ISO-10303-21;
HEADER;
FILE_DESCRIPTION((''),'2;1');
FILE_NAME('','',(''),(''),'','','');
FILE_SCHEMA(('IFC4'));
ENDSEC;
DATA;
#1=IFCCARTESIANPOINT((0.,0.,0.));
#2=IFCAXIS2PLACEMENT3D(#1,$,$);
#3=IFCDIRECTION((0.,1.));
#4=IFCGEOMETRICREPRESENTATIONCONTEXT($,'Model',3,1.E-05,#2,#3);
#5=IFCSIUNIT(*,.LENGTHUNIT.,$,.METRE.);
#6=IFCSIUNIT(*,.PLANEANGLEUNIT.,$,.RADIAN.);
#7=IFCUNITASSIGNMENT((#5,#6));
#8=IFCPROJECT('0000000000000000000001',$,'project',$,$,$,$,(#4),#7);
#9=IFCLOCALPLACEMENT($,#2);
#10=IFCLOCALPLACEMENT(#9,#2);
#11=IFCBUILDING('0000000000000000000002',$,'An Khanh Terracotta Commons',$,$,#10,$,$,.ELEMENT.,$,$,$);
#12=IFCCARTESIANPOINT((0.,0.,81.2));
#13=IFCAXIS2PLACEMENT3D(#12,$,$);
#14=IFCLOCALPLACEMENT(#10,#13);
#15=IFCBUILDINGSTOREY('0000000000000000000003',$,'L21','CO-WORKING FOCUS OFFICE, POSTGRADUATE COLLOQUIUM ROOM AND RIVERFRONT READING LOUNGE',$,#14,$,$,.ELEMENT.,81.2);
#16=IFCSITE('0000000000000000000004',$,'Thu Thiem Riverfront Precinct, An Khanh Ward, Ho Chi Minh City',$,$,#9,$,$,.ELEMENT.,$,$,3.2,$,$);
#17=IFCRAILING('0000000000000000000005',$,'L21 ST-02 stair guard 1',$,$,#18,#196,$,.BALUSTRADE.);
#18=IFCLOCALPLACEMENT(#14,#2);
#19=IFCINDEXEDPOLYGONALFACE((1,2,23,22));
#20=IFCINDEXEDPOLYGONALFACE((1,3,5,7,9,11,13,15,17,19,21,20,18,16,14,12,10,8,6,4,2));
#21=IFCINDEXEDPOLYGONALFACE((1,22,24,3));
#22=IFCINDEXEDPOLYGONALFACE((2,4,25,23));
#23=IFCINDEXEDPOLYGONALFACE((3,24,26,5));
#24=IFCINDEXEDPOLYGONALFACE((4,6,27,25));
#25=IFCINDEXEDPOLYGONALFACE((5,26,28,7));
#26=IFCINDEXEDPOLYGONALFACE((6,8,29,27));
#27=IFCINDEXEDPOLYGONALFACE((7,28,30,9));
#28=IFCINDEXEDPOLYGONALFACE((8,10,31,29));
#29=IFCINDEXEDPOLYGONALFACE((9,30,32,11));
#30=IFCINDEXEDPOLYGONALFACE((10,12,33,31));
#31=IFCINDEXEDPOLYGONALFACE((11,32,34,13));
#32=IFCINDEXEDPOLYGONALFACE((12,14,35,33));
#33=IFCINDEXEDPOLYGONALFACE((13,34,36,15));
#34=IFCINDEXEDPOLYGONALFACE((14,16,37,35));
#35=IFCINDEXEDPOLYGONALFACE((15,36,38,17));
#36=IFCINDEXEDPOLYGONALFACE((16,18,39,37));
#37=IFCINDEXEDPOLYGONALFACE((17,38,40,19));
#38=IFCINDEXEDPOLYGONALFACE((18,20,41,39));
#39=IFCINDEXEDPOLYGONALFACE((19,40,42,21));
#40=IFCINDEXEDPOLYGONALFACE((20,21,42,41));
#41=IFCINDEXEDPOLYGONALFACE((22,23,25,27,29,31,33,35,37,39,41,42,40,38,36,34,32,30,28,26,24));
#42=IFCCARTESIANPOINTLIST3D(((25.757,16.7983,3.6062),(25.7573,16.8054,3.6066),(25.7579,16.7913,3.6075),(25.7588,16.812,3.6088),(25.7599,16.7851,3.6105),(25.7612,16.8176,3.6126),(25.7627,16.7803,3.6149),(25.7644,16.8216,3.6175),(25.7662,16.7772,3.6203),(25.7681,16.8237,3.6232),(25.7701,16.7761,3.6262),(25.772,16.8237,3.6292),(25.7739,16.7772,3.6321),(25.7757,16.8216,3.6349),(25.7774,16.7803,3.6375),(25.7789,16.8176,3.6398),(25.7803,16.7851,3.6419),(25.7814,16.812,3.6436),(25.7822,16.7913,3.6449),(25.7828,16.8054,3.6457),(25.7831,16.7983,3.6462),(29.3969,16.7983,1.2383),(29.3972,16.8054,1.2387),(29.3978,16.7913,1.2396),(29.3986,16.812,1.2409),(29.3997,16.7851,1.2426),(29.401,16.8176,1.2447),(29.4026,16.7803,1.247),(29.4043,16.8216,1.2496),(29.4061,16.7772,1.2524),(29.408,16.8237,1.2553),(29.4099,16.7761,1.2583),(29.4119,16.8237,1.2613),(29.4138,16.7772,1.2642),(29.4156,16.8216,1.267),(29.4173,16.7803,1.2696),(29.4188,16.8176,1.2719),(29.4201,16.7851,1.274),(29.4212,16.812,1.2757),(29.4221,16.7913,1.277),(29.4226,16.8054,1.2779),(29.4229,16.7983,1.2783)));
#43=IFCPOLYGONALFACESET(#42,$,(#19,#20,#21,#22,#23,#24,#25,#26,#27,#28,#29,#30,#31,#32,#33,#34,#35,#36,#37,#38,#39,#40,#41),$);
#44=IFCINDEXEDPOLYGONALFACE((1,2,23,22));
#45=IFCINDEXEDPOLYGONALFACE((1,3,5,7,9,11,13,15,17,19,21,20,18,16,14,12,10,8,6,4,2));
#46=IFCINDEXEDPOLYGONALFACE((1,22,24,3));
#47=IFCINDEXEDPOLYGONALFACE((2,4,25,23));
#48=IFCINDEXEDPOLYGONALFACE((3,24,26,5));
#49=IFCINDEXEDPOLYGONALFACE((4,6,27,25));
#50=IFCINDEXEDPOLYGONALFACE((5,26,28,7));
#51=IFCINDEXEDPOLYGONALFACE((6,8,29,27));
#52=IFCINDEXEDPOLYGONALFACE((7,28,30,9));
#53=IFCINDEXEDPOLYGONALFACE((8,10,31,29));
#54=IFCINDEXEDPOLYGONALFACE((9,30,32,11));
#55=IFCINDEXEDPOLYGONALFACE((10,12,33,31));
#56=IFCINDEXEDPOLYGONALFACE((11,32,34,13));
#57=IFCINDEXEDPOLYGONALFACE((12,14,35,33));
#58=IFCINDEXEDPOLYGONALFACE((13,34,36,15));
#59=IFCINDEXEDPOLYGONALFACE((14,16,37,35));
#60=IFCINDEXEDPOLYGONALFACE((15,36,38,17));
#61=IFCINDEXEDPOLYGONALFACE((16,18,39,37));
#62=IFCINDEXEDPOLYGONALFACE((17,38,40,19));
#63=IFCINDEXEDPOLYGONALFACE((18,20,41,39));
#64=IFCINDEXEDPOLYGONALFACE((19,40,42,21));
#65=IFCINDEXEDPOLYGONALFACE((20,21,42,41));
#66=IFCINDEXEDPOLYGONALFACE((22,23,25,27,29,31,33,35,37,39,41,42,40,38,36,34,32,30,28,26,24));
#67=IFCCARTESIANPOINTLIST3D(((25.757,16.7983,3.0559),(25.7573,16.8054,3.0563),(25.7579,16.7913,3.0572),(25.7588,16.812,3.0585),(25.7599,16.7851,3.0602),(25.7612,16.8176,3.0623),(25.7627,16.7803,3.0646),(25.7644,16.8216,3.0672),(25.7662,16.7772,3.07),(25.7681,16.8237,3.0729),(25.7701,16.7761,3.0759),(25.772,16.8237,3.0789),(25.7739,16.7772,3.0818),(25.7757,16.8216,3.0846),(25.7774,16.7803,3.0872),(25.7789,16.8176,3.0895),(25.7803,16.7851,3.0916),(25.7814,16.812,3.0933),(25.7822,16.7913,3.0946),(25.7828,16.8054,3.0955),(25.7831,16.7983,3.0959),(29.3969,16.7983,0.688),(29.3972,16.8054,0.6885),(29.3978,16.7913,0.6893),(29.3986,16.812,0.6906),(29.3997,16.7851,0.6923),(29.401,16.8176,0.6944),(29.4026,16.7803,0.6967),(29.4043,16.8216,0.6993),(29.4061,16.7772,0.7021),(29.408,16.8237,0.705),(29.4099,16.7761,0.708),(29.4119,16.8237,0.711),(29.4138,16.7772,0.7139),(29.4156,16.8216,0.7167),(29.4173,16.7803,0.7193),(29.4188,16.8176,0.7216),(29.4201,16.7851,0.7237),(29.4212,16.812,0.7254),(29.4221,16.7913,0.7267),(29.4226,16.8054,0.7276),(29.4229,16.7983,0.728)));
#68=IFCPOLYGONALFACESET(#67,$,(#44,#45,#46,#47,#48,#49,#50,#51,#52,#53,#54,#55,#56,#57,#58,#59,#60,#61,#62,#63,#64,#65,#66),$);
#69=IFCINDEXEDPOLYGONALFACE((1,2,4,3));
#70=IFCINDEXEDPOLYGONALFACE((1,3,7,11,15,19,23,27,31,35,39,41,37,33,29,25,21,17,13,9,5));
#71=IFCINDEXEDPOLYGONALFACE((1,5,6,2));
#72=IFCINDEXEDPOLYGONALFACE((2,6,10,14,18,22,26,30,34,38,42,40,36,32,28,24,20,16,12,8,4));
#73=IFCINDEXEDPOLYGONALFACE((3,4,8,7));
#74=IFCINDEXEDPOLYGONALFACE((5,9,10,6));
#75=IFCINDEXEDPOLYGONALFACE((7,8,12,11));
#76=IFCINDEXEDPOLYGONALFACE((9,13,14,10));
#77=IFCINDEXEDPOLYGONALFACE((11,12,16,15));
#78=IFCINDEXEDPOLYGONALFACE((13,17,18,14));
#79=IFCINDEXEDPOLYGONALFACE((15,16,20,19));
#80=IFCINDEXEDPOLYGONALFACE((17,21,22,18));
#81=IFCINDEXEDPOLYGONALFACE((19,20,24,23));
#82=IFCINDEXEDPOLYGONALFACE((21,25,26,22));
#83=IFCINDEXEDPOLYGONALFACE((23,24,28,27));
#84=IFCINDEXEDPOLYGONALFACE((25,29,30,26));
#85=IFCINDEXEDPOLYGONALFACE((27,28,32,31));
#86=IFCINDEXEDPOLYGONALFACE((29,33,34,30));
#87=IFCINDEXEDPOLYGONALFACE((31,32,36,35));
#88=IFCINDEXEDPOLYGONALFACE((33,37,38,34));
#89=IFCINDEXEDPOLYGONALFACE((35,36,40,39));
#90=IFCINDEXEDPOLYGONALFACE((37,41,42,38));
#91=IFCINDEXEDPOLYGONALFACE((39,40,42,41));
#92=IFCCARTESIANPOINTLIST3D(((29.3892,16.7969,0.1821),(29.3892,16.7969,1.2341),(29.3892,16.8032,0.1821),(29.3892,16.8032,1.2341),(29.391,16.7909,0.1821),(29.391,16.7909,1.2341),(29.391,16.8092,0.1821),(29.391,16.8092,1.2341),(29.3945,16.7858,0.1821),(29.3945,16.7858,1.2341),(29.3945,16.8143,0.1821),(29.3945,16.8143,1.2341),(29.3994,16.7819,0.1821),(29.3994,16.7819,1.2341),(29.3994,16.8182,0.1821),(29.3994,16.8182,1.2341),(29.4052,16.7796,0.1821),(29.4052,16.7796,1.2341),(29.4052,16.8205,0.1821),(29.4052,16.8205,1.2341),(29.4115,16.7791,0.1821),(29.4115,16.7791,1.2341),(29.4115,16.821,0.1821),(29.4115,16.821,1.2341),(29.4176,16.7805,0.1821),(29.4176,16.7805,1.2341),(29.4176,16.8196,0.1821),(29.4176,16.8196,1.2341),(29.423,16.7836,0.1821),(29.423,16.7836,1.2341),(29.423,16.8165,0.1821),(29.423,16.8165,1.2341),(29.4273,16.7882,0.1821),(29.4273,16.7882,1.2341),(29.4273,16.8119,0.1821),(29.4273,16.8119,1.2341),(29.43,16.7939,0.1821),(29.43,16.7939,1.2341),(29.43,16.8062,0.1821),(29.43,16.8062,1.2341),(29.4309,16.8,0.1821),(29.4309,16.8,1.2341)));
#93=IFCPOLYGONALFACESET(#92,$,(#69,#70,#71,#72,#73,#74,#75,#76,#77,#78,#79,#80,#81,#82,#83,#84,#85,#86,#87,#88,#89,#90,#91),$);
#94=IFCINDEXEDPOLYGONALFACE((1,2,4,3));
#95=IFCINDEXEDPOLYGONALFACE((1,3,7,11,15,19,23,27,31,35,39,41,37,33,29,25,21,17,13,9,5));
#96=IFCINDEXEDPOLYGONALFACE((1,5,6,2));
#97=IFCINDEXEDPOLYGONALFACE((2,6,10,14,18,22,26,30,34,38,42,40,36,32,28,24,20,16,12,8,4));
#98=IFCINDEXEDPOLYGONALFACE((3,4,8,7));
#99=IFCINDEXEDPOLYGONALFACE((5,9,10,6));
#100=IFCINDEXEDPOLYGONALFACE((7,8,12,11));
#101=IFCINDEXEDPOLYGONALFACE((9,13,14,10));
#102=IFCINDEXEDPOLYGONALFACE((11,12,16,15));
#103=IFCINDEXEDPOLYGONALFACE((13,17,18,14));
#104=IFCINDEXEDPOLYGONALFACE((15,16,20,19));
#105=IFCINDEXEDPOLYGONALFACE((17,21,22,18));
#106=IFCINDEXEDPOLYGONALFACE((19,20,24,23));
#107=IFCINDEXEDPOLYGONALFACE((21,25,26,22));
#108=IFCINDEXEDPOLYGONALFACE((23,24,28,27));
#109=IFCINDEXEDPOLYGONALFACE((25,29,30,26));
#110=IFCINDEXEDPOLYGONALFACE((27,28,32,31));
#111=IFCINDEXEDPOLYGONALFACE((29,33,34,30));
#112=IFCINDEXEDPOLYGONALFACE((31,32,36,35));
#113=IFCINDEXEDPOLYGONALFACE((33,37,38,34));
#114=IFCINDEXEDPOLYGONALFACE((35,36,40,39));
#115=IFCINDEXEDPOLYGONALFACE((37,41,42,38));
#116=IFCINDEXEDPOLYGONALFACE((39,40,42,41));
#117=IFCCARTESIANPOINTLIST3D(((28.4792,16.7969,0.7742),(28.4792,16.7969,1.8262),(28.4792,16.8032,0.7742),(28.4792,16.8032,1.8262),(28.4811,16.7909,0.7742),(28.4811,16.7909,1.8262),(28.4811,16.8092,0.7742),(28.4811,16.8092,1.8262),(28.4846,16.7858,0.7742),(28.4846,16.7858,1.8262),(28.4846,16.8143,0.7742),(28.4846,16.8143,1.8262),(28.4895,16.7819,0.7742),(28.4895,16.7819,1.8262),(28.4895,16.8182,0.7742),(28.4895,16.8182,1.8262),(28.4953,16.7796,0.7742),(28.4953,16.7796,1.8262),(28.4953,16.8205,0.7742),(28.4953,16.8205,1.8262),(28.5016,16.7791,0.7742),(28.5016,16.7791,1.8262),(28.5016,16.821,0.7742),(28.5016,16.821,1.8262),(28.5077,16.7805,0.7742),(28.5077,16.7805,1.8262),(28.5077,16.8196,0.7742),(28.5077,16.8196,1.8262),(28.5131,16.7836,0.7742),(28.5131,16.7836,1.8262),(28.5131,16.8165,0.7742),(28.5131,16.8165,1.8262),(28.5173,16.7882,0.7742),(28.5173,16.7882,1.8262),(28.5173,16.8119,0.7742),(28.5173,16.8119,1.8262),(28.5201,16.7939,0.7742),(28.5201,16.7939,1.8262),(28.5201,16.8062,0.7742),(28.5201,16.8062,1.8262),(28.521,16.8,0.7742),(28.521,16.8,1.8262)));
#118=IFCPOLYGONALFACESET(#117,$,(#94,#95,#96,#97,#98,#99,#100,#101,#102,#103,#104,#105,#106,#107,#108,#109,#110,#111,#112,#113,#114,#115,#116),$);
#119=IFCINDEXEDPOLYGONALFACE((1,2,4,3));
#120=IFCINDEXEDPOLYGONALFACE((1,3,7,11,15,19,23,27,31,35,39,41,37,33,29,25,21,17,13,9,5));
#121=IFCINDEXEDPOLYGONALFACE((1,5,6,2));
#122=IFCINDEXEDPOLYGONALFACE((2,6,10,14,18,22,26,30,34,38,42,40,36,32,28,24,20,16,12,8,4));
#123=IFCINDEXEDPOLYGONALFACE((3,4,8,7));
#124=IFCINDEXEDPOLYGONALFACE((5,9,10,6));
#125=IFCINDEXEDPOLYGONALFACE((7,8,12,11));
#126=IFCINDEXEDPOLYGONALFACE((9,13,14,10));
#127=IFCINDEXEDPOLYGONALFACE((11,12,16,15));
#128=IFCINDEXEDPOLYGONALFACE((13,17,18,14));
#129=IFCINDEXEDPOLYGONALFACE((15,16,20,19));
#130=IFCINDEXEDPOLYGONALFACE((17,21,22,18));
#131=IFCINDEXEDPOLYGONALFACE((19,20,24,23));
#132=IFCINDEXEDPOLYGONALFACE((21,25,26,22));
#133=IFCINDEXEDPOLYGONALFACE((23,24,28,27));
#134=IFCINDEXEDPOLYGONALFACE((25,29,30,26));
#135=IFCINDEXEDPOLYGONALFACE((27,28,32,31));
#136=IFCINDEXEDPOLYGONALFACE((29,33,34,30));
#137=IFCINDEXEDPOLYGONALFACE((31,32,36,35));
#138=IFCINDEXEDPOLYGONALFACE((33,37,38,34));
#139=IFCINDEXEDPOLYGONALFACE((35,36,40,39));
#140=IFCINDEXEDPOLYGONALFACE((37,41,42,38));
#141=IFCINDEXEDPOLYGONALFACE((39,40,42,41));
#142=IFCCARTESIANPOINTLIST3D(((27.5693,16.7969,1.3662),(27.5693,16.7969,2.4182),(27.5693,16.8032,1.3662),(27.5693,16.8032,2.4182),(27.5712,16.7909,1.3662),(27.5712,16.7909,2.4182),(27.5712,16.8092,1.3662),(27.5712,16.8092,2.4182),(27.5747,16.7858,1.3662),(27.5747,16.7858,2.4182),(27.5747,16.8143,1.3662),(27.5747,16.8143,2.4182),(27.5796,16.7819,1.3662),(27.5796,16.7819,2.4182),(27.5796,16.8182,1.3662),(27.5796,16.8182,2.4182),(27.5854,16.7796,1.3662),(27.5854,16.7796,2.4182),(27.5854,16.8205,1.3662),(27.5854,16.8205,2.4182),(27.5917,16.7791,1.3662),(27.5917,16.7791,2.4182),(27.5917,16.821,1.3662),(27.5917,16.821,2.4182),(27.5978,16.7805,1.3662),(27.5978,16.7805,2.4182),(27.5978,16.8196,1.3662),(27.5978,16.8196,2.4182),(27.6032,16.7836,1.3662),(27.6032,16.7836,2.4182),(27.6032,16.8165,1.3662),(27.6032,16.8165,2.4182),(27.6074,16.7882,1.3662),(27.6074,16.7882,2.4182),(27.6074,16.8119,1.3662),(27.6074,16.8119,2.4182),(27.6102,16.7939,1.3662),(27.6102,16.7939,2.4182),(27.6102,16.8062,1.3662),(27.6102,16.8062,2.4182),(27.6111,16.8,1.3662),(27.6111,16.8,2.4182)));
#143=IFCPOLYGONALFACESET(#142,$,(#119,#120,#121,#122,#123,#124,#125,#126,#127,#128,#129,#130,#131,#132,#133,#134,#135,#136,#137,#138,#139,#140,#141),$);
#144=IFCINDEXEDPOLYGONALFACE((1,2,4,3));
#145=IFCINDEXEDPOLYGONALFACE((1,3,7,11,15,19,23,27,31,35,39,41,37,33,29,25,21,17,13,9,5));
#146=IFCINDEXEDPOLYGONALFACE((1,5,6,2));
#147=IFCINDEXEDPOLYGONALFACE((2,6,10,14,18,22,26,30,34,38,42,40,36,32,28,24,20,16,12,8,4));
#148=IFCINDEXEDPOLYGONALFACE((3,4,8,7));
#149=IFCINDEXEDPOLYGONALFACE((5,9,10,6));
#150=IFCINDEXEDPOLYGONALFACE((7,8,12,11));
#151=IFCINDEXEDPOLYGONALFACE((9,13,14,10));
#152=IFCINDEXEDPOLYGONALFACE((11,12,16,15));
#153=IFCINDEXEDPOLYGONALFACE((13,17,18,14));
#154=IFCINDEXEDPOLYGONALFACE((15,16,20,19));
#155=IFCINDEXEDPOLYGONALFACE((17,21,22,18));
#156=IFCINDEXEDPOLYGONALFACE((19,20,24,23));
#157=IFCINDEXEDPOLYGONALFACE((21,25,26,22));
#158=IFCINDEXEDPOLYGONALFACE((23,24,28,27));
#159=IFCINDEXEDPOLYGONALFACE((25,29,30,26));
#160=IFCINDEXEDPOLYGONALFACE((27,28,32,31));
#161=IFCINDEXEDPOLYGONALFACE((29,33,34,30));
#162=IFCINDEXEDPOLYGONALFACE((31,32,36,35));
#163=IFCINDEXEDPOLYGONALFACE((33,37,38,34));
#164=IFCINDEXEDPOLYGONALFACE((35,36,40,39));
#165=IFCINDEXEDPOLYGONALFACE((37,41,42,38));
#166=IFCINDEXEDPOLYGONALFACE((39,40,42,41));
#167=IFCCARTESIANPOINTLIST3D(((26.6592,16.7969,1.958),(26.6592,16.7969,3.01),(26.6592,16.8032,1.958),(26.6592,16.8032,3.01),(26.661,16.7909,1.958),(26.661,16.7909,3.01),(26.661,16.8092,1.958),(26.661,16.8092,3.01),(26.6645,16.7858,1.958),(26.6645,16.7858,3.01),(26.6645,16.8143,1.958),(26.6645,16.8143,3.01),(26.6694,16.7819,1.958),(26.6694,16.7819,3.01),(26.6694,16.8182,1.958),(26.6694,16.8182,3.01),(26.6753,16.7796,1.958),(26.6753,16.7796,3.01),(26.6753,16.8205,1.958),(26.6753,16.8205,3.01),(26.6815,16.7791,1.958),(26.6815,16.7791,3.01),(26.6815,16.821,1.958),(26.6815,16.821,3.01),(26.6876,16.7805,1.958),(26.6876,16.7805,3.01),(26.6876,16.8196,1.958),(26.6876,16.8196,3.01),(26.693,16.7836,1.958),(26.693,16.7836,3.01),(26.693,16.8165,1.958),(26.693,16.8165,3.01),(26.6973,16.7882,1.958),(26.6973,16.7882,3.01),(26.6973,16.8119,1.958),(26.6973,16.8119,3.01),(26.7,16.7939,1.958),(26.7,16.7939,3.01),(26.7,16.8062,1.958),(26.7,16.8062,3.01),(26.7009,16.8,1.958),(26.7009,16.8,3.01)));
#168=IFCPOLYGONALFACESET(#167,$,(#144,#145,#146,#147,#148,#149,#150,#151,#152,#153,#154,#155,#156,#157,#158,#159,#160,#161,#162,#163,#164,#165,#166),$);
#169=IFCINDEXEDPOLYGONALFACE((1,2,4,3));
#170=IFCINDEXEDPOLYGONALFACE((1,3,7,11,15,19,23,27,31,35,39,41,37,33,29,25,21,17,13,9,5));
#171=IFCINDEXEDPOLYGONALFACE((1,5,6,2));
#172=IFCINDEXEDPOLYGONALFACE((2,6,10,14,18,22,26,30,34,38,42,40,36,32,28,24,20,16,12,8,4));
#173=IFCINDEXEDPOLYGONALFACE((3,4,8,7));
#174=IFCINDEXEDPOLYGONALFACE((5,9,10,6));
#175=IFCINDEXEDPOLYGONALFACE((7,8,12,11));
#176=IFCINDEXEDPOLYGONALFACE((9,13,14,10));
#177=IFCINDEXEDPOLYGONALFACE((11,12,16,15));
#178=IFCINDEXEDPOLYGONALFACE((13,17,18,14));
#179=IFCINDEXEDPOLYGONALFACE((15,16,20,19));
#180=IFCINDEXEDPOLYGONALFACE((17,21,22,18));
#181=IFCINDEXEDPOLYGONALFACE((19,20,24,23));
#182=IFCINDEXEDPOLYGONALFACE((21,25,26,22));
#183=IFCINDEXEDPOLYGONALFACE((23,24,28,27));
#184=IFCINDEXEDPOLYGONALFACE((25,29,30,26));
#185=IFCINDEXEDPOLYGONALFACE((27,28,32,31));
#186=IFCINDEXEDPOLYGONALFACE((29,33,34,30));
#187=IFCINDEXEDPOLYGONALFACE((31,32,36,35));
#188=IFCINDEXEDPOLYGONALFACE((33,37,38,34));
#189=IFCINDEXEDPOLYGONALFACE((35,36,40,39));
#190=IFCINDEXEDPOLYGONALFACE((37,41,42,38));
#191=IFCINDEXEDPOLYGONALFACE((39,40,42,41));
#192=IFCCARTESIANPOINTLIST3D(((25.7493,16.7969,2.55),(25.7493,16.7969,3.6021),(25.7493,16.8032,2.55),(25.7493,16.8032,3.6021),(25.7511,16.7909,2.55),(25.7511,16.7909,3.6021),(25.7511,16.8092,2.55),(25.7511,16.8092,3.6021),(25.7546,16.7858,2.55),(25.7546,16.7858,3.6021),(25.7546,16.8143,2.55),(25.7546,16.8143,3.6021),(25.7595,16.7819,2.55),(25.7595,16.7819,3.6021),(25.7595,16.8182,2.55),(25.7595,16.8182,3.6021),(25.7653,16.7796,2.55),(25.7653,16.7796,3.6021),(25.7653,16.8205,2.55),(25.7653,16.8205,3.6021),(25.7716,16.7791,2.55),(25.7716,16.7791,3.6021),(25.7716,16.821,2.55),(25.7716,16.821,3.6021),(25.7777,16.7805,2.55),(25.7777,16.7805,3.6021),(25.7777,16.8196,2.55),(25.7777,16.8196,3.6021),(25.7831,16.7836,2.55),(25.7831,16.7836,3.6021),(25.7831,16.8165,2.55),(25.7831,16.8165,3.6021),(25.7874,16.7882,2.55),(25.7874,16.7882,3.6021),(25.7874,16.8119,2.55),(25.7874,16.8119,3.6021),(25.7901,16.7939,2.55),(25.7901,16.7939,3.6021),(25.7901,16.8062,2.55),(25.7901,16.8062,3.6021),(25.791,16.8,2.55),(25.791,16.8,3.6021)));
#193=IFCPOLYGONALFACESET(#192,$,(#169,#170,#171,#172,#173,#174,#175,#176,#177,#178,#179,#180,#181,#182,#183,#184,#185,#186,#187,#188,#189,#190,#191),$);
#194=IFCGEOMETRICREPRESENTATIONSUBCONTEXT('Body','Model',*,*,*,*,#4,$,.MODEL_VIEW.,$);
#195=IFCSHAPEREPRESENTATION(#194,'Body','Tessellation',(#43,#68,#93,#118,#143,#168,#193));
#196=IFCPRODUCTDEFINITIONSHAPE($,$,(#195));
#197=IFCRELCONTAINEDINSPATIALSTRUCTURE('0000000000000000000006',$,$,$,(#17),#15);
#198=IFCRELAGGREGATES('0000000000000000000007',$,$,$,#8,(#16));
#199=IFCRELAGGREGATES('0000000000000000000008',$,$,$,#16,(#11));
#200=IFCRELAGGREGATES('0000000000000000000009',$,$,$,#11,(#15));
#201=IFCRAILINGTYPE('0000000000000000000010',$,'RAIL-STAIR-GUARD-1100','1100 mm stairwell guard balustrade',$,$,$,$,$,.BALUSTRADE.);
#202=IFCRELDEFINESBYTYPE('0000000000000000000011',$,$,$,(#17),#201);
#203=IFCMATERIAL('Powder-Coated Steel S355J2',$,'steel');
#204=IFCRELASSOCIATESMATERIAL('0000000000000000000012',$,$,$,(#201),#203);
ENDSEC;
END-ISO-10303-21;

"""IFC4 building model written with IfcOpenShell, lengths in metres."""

from ifc_helpers import new_model, si_unit, direction, frame, origin, origin_2d, place, context, subcontext, project, spatial, circle, extrude, material, type_object, element, save


model = new_model("IFC4")

# Units and contexts
model_context = context("Model", 3, precision=1e-05, world=origin(), true_north=direction((0.0, 1.0)))
body_context = subcontext(model_context, "Body", "Model", "MODEL_VIEW")
ifc_project = project(units=[si_unit("LENGTHUNIT", "METRE"), si_unit("PLANEANGLEUNIT", "RADIAN")], contexts=[model_context])

# Site, building, storey
site_placement = place(None, origin())
site = spatial("IfcSite", under=ifc_project, at=site_placement, Name="Thu Thiem Riverfront Precinct, An Khanh Ward, Ho Chi Minh City", CompositionType="ELEMENT", RefElevation=3.2)
building_placement = place(site_placement, origin())
building = spatial("IfcBuilding", under=site, at=building_placement, Name="An Khanh Terracotta Commons", CompositionType="ELEMENT")
storey_placement = place(building_placement, frame((0.0, 0.0, 81.2)))
storey = spatial("IfcBuildingStorey", under=building, at=storey_placement, Name="L21", Description="CO-WORKING FOCUS OFFICE, POSTGRADUATE COLLOQUIUM ROOM AND RIVERFRONT READING LOUNGE", CompositionType="ELEMENT", Elevation=81.2)

# Railing
ifc_material_1 = material(Name="Powder-Coated Steel S355J2", Category="steel")
railing_type_1 = type_object("IfcRailingType", Name="RAIL-STAIR-GUARD-1100", Description="1100 mm stairwell guard balustrade", PredefinedType="BALUSTRADE", material=ifc_material_1)
railing_1_placement = place(storey_placement, frame((29.4099, 16.8, 0.1821)))
element("IfcRailing", 1, at=railing_1_placement, inside=storey, type_object=railing_type_1, Name="L21 ST-02 stair guard 1", PredefinedType="BALUSTRADE", context=body_context, shape_type="SweptSolid", body=[
    extrude(circle(Radius=0.0239, at=origin_2d()), frame((0.0, 0.0, 1.0762), z_axis=(-0.838234, 0.0, 0.54531), x_axis=(0.0, -1.0, 0.0)), (0.0, 0.0, 1.0), 4.3423),
    extrude(circle(Radius=0.0239, at=origin_2d()), frame((0.0, 0.0, 0.5259), z_axis=(-0.838234, 0.0, 0.54531), x_axis=(0.0, -1.0, 0.0)), (0.0, 0.0, 1.0), 4.3423),
    extrude(circle(Radius=0.021, at=origin_2d()), origin(), (0.0, 0.0, 1.0), 1.052),
    extrude(circle(Radius=0.021, at=origin_2d()), frame((-0.9099, 0.0, 0.592)), (0.0, 0.0, 1.0), 1.052),
    extrude(circle(Radius=0.021, at=origin_2d()), frame((-1.8198, 0.0, 1.1841)), (0.0, 0.0, 1.0), 1.052),
    extrude(circle(Radius=0.021, at=origin_2d()), frame((-2.73, 0.0, 1.7759)), (0.0, 0.0, 1.0), 1.052),
    extrude(circle(Radius=0.021, at=origin_2d()), frame((-3.6399, 0.0, 2.3679)), (0.0, 0.0, 1.0), 1.052),
])

save(model, "model.ifc")
